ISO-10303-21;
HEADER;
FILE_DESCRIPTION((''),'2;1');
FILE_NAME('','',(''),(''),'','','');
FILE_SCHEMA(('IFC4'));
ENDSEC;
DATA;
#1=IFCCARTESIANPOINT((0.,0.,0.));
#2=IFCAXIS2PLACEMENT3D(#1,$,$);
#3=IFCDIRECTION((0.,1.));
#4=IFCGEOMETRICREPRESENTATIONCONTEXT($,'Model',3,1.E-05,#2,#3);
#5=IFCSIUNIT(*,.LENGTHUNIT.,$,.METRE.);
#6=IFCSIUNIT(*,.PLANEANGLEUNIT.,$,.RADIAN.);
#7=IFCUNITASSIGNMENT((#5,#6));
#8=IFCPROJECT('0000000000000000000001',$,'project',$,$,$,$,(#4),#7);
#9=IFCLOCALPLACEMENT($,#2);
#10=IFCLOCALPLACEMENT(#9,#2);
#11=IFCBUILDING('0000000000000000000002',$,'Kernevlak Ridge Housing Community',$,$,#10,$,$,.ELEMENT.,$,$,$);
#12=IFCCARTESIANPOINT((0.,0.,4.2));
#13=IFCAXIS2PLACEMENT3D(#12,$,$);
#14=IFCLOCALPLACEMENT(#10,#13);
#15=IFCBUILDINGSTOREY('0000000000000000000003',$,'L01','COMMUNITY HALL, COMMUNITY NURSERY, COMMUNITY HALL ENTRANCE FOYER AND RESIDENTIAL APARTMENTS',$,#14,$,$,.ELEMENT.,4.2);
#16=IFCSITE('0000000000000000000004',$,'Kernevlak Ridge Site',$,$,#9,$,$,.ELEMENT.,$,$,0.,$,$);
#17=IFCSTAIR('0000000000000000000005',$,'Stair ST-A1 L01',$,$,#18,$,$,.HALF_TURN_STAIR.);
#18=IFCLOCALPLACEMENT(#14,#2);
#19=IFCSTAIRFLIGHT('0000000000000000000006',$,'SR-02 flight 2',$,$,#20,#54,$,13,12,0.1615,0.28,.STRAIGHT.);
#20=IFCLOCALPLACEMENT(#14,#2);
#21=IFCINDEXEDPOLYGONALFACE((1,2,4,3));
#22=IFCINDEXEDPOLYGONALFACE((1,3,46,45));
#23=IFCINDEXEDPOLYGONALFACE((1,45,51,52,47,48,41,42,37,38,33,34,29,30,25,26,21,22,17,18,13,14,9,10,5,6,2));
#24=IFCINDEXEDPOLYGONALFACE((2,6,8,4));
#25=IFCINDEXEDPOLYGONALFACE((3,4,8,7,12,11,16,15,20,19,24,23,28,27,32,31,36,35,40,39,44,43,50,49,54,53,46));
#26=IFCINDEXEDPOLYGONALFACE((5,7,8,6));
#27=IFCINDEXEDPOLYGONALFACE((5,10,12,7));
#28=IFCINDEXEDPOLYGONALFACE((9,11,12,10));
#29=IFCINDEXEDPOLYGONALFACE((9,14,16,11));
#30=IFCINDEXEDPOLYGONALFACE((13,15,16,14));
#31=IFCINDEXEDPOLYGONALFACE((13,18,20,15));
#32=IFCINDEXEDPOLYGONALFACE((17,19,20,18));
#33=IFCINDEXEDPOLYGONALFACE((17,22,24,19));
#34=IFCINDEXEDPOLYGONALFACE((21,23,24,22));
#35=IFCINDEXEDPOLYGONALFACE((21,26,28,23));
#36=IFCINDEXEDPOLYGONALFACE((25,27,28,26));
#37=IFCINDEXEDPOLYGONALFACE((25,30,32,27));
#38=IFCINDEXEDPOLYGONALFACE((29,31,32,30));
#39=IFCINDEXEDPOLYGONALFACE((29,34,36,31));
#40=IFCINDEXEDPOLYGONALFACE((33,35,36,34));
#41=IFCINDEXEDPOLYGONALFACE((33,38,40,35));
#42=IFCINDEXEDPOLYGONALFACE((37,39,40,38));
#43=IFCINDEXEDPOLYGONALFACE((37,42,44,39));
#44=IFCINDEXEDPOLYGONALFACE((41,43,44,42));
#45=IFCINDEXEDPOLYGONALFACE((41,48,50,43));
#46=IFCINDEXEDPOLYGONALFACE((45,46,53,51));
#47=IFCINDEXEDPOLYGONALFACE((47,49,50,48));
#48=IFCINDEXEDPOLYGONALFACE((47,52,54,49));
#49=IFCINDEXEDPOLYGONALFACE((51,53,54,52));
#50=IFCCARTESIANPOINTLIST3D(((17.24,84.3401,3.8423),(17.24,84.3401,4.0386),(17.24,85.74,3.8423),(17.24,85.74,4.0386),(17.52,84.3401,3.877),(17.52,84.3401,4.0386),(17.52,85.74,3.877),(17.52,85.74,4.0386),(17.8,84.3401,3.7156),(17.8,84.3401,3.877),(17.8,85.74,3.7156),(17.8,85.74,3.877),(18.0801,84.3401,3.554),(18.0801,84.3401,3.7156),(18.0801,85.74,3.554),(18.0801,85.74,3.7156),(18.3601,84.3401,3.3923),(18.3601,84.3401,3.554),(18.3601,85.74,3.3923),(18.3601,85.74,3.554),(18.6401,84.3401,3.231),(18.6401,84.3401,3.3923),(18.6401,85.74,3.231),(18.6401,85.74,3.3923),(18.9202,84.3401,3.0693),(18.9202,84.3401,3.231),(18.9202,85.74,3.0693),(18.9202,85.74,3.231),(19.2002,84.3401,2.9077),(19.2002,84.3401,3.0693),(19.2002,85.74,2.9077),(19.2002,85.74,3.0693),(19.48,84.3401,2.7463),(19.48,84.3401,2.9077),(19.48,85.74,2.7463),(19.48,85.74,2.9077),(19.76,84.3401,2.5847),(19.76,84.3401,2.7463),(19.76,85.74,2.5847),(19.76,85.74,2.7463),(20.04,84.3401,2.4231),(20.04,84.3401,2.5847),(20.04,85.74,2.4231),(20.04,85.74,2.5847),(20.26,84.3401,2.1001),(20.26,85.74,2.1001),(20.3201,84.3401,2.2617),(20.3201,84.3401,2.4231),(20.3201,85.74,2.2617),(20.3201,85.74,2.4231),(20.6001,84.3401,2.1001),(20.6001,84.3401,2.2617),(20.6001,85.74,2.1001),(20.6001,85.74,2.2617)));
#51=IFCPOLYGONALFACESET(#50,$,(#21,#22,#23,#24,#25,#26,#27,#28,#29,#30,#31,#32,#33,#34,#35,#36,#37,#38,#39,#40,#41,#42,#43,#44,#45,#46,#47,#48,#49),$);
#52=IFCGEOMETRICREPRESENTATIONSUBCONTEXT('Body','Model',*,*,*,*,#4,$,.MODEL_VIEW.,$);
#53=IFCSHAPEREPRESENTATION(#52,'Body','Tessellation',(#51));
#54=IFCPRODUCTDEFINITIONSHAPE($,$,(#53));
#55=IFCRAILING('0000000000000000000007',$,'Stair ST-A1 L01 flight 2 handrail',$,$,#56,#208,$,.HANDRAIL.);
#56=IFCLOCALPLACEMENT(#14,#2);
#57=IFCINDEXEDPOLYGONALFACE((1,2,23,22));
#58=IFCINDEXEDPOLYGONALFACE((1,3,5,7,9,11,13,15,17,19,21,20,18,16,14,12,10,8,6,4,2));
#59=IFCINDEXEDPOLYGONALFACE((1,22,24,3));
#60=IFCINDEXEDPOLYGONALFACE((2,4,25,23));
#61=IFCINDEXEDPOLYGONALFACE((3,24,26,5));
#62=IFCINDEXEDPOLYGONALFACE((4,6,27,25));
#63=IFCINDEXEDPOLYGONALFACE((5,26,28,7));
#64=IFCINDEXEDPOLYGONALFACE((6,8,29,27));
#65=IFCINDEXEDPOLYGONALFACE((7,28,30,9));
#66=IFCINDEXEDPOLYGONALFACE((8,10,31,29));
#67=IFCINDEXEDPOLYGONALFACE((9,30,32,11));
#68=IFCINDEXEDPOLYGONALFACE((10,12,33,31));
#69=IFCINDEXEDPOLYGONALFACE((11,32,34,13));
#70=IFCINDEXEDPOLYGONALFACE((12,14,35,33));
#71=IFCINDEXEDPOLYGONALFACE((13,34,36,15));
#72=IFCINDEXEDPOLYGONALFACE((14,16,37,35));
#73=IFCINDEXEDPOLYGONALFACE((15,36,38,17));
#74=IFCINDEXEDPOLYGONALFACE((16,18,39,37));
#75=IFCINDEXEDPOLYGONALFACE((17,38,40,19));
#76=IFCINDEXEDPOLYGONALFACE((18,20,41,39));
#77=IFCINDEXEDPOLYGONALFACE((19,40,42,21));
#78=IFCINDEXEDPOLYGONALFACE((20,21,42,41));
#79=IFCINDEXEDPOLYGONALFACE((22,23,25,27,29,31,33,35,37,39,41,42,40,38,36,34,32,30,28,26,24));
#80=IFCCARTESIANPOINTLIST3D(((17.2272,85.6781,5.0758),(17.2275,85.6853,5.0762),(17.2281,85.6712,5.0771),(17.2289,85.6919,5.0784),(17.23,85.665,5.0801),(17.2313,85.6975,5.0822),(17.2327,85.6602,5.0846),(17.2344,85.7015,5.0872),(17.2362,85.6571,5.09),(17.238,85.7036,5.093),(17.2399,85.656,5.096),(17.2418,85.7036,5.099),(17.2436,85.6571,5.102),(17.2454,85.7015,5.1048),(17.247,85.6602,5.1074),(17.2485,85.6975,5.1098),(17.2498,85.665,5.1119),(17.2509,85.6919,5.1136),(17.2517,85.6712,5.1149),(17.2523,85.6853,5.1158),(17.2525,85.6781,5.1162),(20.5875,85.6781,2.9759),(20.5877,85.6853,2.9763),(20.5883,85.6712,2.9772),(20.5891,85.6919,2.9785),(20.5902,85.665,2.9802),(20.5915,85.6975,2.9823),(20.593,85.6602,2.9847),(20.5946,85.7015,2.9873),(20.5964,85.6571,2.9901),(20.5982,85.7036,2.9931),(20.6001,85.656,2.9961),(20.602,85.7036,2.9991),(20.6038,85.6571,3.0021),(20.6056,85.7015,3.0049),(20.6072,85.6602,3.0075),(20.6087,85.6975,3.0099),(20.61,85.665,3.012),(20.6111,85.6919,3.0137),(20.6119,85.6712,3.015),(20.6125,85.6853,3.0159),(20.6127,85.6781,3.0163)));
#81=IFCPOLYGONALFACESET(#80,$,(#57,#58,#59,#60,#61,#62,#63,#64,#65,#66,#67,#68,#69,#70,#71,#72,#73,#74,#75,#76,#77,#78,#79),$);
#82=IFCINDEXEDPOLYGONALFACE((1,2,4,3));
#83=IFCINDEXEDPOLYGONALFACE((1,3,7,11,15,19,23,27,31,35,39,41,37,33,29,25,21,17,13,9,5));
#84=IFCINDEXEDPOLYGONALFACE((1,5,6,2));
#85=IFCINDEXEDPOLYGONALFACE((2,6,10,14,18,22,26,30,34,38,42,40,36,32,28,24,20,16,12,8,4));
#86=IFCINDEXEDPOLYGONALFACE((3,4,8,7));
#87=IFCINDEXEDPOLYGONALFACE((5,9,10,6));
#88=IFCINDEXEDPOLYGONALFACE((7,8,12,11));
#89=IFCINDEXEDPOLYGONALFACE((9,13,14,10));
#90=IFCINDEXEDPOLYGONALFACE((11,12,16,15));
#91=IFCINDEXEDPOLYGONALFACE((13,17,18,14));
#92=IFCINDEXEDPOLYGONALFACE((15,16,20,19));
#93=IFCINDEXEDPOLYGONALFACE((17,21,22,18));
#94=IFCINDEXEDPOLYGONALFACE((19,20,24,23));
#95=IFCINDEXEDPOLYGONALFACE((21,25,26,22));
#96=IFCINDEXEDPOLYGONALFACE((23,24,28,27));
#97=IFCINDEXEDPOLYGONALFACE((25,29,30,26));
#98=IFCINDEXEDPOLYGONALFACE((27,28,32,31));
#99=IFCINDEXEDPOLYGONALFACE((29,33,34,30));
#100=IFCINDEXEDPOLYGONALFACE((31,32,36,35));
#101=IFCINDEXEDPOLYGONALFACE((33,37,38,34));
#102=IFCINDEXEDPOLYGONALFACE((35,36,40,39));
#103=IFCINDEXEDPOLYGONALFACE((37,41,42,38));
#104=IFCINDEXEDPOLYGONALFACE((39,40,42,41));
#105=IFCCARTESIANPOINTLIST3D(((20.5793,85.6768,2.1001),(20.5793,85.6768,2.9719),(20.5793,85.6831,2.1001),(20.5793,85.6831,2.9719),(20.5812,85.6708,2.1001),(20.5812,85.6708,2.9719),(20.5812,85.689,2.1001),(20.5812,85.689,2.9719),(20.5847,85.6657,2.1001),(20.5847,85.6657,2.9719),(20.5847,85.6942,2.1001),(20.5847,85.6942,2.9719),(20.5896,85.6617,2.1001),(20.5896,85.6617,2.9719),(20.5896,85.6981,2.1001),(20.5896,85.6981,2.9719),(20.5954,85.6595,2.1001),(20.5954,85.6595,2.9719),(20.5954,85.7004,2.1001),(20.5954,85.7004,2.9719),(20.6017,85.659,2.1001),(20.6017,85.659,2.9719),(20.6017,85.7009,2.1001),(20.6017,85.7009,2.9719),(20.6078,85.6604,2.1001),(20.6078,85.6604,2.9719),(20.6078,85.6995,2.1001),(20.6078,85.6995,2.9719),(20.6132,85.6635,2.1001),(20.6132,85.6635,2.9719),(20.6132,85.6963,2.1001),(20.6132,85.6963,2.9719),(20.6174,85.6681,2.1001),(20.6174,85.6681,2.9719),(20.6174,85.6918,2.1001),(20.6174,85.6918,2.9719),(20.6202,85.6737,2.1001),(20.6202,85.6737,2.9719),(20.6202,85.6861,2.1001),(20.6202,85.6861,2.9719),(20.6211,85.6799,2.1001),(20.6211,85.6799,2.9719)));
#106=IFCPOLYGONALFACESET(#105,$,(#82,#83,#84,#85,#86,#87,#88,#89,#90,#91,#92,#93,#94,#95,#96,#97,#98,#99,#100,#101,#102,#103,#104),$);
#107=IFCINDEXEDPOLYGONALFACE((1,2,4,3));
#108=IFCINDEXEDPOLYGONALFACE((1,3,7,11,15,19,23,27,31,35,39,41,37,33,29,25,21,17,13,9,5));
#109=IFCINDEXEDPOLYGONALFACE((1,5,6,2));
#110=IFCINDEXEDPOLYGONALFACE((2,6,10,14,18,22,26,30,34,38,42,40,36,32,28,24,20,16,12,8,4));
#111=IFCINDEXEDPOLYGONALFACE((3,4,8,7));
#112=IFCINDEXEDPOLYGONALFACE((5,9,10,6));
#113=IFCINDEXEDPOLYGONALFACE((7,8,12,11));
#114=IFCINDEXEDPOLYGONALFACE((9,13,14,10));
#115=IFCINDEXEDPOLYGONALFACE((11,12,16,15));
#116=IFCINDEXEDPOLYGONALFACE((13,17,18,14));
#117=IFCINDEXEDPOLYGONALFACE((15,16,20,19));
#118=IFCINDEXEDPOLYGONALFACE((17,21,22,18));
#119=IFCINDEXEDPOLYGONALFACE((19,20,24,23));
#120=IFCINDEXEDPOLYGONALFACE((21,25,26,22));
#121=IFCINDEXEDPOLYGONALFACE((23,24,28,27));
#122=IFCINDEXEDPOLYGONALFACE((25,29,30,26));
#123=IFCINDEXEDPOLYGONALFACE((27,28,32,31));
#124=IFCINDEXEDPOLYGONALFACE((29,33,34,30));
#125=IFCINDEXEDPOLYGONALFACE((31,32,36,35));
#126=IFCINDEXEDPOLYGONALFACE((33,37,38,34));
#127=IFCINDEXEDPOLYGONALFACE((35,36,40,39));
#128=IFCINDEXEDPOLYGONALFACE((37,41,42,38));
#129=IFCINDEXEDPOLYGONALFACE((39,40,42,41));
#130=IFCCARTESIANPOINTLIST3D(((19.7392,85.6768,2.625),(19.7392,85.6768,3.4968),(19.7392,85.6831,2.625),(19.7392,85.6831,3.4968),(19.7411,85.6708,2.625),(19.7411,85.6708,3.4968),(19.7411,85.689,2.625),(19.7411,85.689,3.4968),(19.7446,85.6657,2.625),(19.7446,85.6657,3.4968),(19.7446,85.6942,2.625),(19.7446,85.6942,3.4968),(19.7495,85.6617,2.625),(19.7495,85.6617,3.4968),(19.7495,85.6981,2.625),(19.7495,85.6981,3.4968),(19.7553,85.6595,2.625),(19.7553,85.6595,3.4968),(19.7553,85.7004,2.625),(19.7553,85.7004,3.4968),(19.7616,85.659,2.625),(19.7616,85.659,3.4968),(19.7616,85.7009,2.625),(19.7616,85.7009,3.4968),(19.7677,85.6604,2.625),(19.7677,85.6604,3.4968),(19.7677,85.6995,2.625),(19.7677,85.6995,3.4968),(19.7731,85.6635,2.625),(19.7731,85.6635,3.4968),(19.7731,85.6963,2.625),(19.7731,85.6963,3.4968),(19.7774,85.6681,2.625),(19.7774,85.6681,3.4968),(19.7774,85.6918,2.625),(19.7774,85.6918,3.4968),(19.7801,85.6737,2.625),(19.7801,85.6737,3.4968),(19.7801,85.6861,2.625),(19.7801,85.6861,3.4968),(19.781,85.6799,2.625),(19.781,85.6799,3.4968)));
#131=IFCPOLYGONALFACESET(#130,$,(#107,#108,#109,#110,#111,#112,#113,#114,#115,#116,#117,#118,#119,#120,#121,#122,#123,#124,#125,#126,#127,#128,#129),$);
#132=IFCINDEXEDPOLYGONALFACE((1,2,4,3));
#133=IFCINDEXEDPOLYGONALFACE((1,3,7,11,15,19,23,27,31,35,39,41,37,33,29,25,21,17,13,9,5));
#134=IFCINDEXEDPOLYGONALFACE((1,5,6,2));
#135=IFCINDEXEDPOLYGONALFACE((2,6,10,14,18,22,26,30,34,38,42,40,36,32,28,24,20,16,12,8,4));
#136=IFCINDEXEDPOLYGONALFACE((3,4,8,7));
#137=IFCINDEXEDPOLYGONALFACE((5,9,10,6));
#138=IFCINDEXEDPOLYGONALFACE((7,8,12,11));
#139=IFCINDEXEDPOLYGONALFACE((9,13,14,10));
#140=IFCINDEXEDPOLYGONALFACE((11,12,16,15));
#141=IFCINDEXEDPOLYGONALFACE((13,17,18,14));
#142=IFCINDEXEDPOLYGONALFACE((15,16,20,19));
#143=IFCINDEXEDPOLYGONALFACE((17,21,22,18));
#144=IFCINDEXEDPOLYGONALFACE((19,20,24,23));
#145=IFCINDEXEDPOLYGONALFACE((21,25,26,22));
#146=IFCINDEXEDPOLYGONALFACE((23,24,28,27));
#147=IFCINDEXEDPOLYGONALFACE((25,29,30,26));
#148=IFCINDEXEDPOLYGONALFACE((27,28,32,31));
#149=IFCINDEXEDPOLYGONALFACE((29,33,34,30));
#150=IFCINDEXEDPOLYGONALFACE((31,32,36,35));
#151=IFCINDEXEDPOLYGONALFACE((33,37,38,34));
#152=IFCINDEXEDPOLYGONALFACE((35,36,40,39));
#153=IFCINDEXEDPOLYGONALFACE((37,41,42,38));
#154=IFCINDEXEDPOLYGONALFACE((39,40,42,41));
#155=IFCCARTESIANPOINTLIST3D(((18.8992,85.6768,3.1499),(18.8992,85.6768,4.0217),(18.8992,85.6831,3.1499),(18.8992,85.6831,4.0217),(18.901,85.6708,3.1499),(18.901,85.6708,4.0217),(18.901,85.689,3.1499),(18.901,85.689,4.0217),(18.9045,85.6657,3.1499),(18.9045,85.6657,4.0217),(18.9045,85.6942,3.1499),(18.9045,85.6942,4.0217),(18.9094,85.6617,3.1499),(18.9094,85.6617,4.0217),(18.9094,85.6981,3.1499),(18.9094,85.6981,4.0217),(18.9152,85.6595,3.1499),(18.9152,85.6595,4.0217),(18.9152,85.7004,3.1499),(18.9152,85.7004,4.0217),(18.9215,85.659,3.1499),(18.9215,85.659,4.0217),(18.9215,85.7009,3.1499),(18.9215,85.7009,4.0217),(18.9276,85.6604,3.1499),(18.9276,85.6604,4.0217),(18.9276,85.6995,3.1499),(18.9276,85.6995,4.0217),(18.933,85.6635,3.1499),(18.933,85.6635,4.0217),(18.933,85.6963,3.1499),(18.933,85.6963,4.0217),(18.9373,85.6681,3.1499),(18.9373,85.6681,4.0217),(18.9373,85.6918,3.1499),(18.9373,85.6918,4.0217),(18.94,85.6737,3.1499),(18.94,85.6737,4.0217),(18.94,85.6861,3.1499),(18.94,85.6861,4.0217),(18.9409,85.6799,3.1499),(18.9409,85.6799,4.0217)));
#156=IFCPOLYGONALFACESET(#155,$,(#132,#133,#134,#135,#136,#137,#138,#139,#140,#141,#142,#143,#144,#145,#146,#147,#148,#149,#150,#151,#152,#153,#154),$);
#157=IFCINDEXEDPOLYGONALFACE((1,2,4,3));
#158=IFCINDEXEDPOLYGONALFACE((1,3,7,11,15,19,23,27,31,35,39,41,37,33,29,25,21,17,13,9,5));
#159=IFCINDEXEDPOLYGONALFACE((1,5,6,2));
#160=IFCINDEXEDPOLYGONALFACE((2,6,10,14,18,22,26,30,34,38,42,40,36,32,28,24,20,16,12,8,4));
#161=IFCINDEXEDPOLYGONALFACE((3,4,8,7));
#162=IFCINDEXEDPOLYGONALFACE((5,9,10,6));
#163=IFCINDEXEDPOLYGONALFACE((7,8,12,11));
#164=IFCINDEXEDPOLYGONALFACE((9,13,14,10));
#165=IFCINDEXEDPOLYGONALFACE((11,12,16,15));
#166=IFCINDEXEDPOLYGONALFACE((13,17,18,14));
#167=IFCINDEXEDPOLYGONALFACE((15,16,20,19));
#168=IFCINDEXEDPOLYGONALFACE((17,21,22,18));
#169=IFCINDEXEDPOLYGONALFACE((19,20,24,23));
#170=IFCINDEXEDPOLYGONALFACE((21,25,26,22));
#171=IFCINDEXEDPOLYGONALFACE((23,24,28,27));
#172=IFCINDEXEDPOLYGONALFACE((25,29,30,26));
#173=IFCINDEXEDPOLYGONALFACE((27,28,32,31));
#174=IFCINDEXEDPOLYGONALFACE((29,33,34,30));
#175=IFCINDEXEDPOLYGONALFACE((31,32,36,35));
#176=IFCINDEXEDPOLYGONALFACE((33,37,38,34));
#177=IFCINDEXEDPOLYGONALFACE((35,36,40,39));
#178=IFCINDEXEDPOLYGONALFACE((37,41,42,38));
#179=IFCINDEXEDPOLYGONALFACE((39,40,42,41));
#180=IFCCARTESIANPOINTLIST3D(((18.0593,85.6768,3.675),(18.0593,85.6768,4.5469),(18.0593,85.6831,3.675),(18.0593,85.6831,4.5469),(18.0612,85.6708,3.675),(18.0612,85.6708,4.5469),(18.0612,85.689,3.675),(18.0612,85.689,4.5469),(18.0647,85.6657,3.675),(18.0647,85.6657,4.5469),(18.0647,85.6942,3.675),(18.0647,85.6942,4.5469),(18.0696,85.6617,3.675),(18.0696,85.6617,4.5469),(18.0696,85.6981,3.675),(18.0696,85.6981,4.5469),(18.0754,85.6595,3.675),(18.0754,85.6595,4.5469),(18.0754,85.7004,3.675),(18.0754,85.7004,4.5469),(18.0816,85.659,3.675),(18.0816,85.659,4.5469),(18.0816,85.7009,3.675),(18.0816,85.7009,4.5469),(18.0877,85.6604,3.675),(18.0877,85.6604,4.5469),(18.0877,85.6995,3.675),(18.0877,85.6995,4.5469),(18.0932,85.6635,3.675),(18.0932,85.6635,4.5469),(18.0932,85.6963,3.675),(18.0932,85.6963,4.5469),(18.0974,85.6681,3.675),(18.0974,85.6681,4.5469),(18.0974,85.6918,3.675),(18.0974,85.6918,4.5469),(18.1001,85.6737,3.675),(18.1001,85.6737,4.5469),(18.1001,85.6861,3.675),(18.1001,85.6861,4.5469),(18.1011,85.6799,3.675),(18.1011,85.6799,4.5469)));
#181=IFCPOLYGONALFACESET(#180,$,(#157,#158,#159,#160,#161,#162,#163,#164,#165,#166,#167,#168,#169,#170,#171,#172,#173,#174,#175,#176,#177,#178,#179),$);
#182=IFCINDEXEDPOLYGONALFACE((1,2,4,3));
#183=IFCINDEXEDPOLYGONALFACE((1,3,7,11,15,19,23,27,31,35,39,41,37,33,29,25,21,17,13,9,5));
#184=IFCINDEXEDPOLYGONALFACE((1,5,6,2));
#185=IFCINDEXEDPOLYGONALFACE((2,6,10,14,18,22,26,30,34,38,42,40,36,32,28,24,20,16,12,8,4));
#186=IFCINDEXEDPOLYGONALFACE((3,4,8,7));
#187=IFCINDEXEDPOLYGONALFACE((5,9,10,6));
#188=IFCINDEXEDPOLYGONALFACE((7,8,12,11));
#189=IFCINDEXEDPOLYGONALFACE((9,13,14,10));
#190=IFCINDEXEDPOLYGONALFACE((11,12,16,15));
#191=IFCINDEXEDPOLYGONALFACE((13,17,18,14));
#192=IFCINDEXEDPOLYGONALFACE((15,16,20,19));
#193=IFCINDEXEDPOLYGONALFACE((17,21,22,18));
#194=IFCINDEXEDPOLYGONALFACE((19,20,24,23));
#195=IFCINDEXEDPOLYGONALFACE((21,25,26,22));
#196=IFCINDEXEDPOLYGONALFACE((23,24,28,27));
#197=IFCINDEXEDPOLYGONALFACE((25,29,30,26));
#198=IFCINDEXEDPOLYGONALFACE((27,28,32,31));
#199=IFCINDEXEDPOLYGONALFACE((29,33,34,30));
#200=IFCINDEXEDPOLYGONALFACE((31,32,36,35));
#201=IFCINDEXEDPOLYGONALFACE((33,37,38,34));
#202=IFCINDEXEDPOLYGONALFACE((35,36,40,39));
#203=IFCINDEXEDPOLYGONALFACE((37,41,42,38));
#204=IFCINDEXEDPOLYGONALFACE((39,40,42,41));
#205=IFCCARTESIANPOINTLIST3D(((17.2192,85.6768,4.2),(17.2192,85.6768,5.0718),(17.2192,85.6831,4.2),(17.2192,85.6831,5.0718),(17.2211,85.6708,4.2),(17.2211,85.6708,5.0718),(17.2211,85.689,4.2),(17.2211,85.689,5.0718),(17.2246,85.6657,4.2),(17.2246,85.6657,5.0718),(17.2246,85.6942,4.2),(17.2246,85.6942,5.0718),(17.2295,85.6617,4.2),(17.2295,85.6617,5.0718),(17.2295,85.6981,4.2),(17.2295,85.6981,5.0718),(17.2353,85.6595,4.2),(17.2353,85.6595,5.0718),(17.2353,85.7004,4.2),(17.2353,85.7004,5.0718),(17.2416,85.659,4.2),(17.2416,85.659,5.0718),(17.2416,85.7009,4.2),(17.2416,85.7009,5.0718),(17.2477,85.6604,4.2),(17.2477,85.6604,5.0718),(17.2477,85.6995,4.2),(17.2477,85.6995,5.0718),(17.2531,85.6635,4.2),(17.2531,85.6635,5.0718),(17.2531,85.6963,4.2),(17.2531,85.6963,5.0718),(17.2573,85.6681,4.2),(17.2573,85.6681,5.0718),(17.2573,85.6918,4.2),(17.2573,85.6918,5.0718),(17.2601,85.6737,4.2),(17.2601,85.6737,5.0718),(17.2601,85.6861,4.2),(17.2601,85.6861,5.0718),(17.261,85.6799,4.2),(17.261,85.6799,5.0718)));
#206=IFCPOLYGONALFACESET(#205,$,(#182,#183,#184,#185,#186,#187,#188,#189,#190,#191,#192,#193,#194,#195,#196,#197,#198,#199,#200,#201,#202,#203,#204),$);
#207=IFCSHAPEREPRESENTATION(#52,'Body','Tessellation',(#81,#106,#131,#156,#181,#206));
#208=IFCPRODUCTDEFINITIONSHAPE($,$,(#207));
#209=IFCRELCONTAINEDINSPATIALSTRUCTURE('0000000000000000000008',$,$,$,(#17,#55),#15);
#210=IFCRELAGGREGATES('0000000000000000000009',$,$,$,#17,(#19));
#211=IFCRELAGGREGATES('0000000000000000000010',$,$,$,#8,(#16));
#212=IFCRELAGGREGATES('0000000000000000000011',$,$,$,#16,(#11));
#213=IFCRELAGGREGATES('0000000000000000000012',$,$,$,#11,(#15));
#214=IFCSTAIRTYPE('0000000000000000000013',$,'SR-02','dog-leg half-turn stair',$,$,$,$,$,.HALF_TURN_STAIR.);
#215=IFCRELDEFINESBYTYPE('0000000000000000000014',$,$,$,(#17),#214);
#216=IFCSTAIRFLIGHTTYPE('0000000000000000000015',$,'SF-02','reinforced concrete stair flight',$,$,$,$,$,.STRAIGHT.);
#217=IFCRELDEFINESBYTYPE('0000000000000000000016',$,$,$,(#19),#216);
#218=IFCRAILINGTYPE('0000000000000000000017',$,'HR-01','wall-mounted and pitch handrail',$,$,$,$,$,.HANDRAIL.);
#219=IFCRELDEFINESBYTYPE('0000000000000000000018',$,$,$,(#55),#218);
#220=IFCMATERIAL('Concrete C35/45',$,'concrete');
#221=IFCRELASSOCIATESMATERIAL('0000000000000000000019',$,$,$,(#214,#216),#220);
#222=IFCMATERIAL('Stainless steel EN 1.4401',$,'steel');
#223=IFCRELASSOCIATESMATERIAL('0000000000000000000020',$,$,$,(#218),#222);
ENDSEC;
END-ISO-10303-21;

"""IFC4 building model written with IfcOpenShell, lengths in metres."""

from ifc_helpers import new_model, si_unit, direction, frame, origin, origin_2d, place, context, subcontext, project, spatial, polyline, circle, outline, extrude, material, type_object, element, aggregate, save


model = new_model("IFC4")

# Units and contexts
model_context = context("Model", 3, precision=1e-05, world=origin(), true_north=direction((0.0, 1.0)))
body_context = subcontext(model_context, "Body", "Model", "MODEL_VIEW")
ifc_project = project(units=[si_unit("LENGTHUNIT", "METRE"), si_unit("PLANEANGLEUNIT", "RADIAN")], contexts=[model_context])

# Site, building, storey
site_placement = place(None, origin())
site = spatial("IfcSite", under=ifc_project, at=site_placement, Name="Kernevlak Ridge Site", CompositionType="ELEMENT", RefElevation=0.0)
building_placement = place(site_placement, origin())
building = spatial("IfcBuilding", under=site, at=building_placement, Name="Kernevlak Ridge Housing Community", CompositionType="ELEMENT")
storey_placement = place(building_placement, frame((0.0, 0.0, 4.2)))
storey = spatial("IfcBuildingStorey", under=building, at=storey_placement, Name="L01", Description="COMMUNITY HALL, COMMUNITY NURSERY, COMMUNITY HALL ENTRANCE FOYER AND RESIDENTIAL APARTMENTS", CompositionType="ELEMENT", Elevation=4.2)

# Shared definitions
ifc_material_1 = material(Name="Concrete C35/45", Category="concrete")

# Stair, stair flight
stair_type = type_object("IfcStairType", Name="SR-02", Description="dog-leg half-turn stair", PredefinedType="HALF_TURN_STAIR", material=ifc_material_1)
stair_placement = place(storey_placement, origin())
stair = element("IfcStair", 1, at=stair_placement, inside=storey, type_object=stair_type, Name="Stair ST-A1 L01", PredefinedType="HALF_TURN_STAIR")
stair_flight_type = type_object("IfcStairFlightType", Name="SF-02", Description="reinforced concrete stair flight", PredefinedType="STRAIGHT", material=ifc_material_1)
stair_flight_placement = place(storey_placement, frame((20.6001, 85.04, 2.1001), z_axis=(0.0, 0.0, 1.0), x_axis=(-1.0, 0.0, 0.0)))
stair_flight = element("IfcStairFlight", 2, at=stair_flight_placement, type_object=stair_flight_type, Name="SR-02 flight 2", NumberOfRisers=13, NumberOfTreads=12, PredefinedType="STRAIGHT", RiserHeight=0.1615, TreadLength=0.28, context=body_context, shape_type="SweptSolid", body=[
    extrude(outline(polyline([(0.0, 0.0), (0.0, 0.1616), (0.28, 0.1616), (0.28, 0.323), (0.5601, 0.323), (0.5601, 0.4846), (0.8401, 0.4846), (0.8401, 0.6462), (1.1201, 0.6462), (1.1201, 0.8076), (1.3999, 0.8076), (1.3999, 0.9692), (1.6799, 0.9692), (1.6799, 1.1309), (1.96, 1.1309), (1.96, 1.2922), (2.24, 1.2922), (2.24, 1.4539), (2.52, 1.4539), (2.52, 1.6155), (2.8, 1.6155), (2.8, 1.7769), (3.0801, 1.7769), (3.0801, 1.9385), (3.3601, 1.9385), (3.3601, 2.1001), (3.3601, 1.7422), (0.3401, 0.0), (0.0, 0.0)])), frame((0.0, 0.7, 0.0), z_axis=(0.0, -1.0, 0.0), x_axis=(1.0, 0.0, 0.0)), (0.0, 0.0, 1.0), 1.3999),
])
aggregate(stair, [stair_flight])

# Railing
ifc_material_2 = material(Name="Stainless steel EN 1.4401", Category="steel")
railing_type = type_object("IfcRailingType", Name="HR-01", Description="wall-mounted and pitch handrail", PredefinedType="HANDRAIL", material=ifc_material_2)
railing_placement = place(storey_placement, frame((20.6001, 85.6799, 2.1001)))
element("IfcRailing", 3, at=railing_placement, inside=storey, type_object=railing_type, Name="Stair ST-A1 L01 flight 2 handrail", PredefinedType="HANDRAIL", context=body_context, shape_type="SweptSolid", body=[
    extrude(circle(Radius=0.0239, at=origin_2d()), frame((0.0, 0.0, 0.896), z_axis=(-0.848023, 0.0, 0.52996), x_axis=(0.0, -1.0, 0.0)), (0.0, 0.0, 1.0), 3.9624),
    extrude(circle(Radius=0.021, at=origin_2d()), origin(), (0.0, 0.0, 1.0), 0.8718),
    extrude(circle(Radius=0.021, at=origin_2d()), frame((-0.8401, 0.0, 0.5249)), (0.0, 0.0, 1.0), 0.8718),
    extrude(circle(Radius=0.021, at=origin_2d()), frame((-1.6802, 0.0, 1.0498)), (0.0, 0.0, 1.0), 0.8718),
    extrude(circle(Radius=0.021, at=origin_2d()), frame((-2.52, 0.0, 1.575)), (0.0, 0.0, 1.0), 0.8718),
    extrude(circle(Radius=0.021, at=origin_2d()), frame((-3.3601, 0.0, 2.0999)), (0.0, 0.0, 1.0), 0.8718),
])

save(model, "model.ifc")
